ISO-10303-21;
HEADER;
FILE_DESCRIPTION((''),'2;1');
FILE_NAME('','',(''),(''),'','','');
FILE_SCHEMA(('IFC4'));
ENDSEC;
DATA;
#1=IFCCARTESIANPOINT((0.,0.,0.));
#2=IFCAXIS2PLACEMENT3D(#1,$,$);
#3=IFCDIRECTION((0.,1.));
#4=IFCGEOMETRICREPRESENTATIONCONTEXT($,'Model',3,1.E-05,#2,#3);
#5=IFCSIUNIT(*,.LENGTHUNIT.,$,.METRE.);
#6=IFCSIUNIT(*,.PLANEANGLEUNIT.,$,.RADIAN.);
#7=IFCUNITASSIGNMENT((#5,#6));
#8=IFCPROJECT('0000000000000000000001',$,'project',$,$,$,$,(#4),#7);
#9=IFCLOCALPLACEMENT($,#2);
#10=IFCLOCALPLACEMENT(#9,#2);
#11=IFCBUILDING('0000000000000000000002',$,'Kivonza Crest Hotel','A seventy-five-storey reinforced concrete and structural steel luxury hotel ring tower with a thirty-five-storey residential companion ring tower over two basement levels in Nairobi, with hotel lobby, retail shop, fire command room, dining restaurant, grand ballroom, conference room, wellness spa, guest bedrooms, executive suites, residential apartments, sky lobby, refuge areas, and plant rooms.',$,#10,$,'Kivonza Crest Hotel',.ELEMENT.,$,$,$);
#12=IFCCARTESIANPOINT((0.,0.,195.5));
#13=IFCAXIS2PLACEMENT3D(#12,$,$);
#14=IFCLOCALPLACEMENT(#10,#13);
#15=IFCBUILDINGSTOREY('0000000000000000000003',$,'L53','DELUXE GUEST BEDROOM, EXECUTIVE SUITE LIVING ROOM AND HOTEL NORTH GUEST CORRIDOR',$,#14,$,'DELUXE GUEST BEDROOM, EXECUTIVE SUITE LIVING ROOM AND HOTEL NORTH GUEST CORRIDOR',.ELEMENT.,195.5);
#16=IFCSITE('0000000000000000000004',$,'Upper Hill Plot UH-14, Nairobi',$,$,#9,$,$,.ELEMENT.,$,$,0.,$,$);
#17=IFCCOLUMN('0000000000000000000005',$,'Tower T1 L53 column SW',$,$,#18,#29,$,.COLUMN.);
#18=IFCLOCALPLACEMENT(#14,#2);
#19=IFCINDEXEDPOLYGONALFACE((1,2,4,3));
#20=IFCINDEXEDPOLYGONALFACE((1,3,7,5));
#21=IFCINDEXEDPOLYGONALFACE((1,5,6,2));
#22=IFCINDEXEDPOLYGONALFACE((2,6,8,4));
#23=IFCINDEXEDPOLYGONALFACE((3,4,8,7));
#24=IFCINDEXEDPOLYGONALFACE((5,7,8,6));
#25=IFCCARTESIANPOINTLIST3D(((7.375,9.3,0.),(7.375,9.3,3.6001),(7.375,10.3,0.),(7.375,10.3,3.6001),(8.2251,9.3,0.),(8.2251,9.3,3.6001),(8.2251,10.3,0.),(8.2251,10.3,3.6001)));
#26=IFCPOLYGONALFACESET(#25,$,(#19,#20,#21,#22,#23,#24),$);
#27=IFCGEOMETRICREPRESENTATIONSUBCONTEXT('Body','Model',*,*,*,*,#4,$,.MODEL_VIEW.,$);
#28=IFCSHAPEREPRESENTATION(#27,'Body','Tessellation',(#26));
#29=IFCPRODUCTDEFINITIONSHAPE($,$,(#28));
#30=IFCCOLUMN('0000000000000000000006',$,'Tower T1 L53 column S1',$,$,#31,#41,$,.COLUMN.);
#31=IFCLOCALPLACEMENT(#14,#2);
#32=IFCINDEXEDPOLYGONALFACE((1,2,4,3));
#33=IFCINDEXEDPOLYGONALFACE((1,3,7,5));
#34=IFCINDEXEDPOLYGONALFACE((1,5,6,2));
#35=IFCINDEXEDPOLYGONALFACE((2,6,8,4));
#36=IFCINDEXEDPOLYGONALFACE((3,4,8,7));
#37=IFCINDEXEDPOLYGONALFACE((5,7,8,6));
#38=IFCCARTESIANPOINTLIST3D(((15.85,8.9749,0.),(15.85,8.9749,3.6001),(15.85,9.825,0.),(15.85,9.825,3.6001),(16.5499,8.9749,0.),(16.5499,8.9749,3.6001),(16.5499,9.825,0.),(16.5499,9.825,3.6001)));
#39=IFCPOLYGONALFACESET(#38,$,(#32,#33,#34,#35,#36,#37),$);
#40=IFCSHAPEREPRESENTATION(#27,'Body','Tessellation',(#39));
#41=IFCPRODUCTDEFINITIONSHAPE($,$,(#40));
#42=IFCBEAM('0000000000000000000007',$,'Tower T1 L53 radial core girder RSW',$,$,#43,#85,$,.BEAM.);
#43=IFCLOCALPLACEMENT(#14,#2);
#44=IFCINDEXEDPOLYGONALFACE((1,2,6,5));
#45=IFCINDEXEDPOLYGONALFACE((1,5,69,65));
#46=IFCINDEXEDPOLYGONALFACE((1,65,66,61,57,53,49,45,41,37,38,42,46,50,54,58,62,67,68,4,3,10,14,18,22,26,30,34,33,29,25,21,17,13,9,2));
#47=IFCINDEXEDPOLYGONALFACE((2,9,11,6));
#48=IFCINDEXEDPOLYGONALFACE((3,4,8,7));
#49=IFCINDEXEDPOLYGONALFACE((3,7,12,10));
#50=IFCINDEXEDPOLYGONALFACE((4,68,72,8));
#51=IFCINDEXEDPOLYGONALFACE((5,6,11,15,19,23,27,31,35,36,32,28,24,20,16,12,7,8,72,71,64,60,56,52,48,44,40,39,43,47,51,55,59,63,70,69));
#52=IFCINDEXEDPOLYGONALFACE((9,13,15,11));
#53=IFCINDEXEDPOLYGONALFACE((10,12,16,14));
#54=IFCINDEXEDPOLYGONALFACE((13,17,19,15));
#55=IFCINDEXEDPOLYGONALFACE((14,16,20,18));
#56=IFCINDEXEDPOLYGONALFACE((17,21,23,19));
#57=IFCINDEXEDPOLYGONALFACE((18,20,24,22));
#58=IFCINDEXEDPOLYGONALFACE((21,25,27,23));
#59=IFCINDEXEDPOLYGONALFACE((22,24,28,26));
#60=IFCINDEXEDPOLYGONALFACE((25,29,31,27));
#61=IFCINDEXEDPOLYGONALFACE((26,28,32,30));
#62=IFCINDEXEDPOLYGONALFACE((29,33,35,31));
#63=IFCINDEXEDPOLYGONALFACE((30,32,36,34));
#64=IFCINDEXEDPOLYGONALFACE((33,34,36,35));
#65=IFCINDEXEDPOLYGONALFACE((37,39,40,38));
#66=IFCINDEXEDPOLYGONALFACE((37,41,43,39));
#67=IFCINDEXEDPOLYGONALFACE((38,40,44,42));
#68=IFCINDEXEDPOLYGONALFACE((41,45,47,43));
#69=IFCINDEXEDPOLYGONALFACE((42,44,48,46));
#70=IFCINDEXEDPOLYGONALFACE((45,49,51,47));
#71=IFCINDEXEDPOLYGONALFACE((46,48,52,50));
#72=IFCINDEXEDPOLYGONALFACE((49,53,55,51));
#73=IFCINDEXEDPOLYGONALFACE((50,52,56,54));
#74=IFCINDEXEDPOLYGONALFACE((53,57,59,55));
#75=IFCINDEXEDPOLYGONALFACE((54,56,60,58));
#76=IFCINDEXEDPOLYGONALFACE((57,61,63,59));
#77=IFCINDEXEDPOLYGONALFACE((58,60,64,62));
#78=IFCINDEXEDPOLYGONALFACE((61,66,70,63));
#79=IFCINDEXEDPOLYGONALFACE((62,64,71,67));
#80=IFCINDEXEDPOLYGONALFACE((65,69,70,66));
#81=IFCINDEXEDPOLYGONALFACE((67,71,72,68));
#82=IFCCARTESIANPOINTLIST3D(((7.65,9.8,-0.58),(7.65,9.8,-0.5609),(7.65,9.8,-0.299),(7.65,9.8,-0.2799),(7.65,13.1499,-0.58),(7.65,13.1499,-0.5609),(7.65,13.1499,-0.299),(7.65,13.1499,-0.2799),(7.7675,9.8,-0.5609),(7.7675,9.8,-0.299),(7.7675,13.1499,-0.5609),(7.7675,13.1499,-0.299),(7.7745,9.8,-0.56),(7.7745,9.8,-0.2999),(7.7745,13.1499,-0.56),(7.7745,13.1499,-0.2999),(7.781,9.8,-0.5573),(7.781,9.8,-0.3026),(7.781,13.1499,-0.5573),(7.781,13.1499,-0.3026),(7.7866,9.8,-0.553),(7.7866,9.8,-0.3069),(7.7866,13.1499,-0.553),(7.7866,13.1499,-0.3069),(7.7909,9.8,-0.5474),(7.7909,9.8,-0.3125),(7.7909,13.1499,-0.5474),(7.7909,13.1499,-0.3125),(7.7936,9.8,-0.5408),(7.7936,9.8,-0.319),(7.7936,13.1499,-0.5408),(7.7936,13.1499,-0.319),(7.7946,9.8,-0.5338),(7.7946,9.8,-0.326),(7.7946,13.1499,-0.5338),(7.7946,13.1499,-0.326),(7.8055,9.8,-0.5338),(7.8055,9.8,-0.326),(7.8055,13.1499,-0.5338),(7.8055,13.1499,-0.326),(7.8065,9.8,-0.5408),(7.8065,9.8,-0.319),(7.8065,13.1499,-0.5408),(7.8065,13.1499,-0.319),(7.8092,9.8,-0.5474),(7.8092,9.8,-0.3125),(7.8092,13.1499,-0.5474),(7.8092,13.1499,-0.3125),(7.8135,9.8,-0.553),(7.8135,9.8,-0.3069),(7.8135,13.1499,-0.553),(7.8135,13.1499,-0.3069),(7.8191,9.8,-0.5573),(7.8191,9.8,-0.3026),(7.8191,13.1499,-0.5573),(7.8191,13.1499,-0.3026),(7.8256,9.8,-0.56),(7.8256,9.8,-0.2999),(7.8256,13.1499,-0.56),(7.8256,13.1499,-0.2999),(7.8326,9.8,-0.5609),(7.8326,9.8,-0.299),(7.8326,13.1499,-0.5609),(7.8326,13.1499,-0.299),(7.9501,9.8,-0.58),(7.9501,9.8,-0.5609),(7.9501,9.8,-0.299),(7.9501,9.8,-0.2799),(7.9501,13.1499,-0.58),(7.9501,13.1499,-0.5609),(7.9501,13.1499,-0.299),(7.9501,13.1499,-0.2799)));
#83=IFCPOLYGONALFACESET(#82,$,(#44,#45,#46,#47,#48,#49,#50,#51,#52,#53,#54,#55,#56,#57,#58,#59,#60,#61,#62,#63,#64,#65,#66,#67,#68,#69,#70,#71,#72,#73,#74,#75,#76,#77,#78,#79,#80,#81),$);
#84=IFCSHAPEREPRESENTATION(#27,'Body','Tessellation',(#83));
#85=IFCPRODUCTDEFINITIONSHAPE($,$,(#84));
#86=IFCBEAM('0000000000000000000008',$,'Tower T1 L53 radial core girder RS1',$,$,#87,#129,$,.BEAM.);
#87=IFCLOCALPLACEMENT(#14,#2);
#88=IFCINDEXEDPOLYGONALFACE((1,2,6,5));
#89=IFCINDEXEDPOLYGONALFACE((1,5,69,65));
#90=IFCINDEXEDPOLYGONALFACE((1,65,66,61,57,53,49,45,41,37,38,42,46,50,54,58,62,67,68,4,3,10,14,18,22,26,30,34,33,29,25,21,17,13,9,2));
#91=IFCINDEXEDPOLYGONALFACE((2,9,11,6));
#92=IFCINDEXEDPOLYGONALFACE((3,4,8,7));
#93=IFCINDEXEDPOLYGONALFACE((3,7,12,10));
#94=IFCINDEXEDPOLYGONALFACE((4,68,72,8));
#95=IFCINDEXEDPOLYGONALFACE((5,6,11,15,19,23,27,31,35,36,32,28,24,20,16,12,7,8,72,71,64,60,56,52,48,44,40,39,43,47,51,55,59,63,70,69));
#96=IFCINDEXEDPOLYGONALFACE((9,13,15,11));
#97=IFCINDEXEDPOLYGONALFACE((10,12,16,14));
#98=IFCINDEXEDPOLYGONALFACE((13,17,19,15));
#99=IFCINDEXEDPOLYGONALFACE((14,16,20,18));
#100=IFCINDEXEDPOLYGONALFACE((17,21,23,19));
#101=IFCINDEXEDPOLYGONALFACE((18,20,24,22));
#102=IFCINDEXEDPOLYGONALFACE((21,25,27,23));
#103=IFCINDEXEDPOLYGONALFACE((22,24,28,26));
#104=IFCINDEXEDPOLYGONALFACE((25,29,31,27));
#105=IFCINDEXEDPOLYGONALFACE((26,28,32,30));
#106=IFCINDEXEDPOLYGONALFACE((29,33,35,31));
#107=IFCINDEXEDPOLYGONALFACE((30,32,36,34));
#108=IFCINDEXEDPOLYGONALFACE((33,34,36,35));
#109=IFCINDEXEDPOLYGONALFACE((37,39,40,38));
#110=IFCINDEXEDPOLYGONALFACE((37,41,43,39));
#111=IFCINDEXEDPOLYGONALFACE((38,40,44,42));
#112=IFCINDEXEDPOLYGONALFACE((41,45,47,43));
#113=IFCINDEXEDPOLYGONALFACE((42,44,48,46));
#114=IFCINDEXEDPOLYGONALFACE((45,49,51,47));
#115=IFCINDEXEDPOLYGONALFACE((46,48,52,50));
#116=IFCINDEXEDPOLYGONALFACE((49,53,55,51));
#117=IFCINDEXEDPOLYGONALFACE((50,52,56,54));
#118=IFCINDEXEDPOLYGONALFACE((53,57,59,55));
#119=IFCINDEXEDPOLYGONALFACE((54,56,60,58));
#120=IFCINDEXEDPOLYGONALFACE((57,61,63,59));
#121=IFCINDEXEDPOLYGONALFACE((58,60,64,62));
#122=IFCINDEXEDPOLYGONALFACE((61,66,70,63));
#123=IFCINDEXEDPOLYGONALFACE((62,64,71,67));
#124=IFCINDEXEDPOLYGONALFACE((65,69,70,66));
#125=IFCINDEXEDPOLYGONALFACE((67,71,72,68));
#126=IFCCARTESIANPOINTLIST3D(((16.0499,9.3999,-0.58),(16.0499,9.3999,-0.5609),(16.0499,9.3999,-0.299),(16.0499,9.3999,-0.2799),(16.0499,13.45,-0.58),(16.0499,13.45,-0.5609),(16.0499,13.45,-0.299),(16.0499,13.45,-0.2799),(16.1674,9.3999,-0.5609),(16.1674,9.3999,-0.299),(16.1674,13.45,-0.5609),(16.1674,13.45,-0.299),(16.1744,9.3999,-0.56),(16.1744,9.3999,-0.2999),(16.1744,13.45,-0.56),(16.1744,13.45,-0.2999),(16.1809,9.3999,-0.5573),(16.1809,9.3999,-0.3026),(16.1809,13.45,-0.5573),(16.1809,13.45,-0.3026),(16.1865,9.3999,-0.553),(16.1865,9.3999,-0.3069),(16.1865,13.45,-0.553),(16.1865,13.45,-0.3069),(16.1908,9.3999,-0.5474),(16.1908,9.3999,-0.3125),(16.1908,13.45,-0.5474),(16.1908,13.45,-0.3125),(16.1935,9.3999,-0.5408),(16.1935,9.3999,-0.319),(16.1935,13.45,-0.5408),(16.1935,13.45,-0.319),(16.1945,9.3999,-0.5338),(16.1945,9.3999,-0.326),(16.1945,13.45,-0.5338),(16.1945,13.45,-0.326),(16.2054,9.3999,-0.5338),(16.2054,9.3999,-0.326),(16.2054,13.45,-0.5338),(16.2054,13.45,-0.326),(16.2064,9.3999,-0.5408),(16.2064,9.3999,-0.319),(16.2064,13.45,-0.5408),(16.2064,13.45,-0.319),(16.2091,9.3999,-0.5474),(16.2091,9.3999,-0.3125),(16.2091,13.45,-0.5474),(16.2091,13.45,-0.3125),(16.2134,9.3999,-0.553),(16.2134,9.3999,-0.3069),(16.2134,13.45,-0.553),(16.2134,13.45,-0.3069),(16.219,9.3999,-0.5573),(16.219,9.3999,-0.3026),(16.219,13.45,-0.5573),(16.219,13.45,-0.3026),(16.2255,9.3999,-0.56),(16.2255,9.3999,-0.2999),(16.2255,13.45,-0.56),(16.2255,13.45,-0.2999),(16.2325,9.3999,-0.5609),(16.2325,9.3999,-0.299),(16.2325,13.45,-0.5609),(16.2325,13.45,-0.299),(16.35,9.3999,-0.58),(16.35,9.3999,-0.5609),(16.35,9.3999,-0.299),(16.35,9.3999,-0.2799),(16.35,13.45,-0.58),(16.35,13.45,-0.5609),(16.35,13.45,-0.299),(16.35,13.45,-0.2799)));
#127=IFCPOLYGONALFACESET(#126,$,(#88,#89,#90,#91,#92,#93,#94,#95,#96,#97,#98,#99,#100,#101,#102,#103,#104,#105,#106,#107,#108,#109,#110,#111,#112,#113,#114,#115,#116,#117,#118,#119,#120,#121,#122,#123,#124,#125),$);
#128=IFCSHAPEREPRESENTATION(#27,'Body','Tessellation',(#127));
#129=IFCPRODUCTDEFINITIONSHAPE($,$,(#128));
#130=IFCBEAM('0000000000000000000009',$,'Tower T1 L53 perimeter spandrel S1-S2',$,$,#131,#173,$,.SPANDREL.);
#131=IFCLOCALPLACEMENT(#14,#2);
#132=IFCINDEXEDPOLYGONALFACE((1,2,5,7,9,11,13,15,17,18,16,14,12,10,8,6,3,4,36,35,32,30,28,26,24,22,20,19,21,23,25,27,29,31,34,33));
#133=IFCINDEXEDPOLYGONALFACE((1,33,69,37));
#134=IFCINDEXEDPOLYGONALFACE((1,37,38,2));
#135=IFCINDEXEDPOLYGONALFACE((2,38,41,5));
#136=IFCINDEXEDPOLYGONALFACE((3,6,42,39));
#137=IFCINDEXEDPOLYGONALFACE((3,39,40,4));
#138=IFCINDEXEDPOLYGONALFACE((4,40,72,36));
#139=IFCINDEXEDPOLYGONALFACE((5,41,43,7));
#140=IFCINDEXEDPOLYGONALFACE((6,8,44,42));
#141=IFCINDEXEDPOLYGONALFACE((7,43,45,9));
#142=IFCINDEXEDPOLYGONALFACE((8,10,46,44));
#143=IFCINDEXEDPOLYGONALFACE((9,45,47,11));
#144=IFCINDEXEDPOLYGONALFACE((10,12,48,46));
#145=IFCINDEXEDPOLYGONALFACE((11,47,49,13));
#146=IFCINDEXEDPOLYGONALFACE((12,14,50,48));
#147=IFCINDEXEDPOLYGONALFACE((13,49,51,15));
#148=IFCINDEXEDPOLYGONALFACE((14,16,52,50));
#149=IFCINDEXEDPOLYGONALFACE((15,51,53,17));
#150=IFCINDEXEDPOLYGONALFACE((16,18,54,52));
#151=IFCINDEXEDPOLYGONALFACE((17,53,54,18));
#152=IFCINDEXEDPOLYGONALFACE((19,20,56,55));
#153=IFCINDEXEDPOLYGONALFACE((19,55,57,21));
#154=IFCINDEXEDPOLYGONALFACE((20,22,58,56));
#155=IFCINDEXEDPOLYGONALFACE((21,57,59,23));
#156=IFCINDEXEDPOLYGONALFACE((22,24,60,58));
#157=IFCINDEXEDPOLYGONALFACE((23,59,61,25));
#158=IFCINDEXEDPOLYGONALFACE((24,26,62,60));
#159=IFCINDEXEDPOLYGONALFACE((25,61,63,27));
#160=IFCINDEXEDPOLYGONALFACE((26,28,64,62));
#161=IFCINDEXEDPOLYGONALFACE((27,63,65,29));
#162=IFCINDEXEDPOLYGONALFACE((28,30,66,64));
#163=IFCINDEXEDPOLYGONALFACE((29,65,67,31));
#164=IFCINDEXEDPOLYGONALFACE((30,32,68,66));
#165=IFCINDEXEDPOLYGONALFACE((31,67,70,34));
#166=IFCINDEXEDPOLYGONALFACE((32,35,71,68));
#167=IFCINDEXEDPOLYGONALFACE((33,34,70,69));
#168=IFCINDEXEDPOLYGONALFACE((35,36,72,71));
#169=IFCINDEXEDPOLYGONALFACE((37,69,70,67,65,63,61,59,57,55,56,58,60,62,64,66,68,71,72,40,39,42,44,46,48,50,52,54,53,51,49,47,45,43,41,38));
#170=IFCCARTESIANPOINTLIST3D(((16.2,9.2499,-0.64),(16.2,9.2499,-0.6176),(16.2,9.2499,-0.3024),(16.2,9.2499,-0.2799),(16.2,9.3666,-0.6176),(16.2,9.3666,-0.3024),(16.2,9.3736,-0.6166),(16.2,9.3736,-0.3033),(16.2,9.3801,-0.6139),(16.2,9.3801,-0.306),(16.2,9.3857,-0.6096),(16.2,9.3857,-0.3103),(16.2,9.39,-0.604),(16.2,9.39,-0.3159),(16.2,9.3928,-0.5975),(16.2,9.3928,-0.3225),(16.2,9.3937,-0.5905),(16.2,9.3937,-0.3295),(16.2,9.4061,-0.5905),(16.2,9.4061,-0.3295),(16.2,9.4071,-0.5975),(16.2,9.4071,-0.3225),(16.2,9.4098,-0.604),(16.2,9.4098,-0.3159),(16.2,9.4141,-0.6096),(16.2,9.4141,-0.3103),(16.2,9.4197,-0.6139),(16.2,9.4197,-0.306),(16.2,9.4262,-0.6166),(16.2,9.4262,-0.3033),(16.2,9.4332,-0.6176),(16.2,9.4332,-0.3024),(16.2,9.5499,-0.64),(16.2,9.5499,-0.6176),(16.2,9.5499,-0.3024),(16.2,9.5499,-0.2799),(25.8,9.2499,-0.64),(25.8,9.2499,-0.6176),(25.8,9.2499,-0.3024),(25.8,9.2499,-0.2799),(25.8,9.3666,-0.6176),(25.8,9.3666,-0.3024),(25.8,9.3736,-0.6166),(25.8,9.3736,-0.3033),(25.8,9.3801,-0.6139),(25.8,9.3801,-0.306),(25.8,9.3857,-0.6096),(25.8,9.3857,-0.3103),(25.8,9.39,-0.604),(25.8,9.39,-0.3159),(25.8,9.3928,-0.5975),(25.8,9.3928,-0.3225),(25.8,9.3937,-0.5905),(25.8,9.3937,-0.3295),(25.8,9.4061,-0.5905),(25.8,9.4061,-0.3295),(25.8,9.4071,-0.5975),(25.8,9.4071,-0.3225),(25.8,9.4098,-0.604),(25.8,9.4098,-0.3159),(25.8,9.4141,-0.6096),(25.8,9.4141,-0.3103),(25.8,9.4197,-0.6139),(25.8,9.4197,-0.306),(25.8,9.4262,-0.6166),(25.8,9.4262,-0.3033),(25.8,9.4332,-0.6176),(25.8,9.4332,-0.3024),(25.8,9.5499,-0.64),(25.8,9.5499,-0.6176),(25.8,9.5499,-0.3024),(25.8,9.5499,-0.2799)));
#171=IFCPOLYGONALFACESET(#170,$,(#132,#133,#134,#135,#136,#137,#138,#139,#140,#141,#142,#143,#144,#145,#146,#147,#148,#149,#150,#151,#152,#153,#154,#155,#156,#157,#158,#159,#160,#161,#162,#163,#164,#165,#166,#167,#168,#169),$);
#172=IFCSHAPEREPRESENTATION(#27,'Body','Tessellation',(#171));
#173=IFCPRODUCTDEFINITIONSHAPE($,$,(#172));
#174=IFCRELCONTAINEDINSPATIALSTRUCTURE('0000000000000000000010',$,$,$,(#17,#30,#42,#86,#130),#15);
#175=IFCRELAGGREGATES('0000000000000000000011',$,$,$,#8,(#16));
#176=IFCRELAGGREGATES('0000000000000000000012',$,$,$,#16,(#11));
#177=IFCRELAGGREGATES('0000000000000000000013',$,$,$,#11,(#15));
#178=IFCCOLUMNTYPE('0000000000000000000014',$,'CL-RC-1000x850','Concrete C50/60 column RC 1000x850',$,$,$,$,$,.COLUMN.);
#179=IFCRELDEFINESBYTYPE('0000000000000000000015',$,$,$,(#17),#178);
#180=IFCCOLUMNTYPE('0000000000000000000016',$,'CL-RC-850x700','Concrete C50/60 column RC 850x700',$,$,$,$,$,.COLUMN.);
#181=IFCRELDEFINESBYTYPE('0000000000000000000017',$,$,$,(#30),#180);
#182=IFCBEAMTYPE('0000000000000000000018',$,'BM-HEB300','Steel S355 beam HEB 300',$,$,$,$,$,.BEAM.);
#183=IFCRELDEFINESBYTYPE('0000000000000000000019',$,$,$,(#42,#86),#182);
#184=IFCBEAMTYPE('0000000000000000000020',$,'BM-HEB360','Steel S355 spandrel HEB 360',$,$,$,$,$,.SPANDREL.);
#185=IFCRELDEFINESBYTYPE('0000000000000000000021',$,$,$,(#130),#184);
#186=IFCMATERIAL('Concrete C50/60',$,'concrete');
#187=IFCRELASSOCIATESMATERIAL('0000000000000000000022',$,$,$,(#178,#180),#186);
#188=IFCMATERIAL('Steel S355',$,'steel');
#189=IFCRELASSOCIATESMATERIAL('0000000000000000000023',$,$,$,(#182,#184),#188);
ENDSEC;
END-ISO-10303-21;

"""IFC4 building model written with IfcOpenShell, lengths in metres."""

from ifc_helpers import new_model, si_unit, direction, frame, origin, origin_2d, place, context, subcontext, project, spatial, rectangle, i_section, extrude, material, material_profile, profile_set, type_object, element, save


model = new_model("IFC4")

# Units and contexts
model_context = context("Model", 3, precision=1e-05, world=origin(), true_north=direction((0.0, 1.0)))
body_context = subcontext(model_context, "Body", "Model", "MODEL_VIEW")
ifc_project = project(units=[si_unit("LENGTHUNIT", "METRE"), si_unit("PLANEANGLEUNIT", "RADIAN")], contexts=[model_context])

# Site, building, storey
site_placement = place(None, origin())
site = spatial("IfcSite", under=ifc_project, at=site_placement, Name="Upper Hill Plot UH-14, Nairobi", CompositionType="ELEMENT", RefElevation=0.0)
building_placement = place(site_placement, origin())
building = spatial("IfcBuilding", under=site, at=building_placement, Name="Kivonza Crest Hotel", Description="A seventy-five-storey reinforced concrete and structural steel luxury hotel ring tower with a thirty-five-storey residential companion ring tower over two basement levels in Nairobi, with hotel lobby, retail shop, fire command room, dining restaurant, grand ballroom, conference room, wellness spa, guest bedrooms, executive suites, residential apartments, sky lobby, refuge areas, and plant rooms.", LongName="Kivonza Crest Hotel", CompositionType="ELEMENT")
storey_placement = place(building_placement, frame((0.0, 0.0, 195.5)))
storey = spatial("IfcBuildingStorey", under=building, at=storey_placement, Name="L53", Description="DELUXE GUEST BEDROOM, EXECUTIVE SUITE LIVING ROOM AND HOTEL NORTH GUEST CORRIDOR", LongName="DELUXE GUEST BEDROOM, EXECUTIVE SUITE LIVING ROOM AND HOTEL NORTH GUEST CORRIDOR", CompositionType="ELEMENT", Elevation=195.5)

# Columns
ifc_material_1 = material(Name="Concrete C50/60", Category="concrete")
ifc_material_profile_1 = material_profile(ifc_material_1, rectangle(XDim=0.8501, YDim=1.0, at=origin_2d()), Name="RC 1000x850")
ifc_profile_set_1 = profile_set([ifc_material_profile_1], Name="Concrete C50/60")
column_type_1 = type_object("IfcColumnType", Name="CL-RC-1000x850", Description="Concrete C50/60 column RC 1000x850", PredefinedType="COLUMN", material=ifc_profile_set_1)
column_1_placement = place(storey_placement, frame((7.8, 9.8, 0.0), z_axis=(0.0, 0.0, 1.0), x_axis=(1.0, 0.0, 0.0)))
element("IfcColumn", 1, at=column_1_placement, inside=storey, type_object=column_type_1, Name="Tower T1 L53 column SW", PredefinedType="COLUMN", context=body_context, shape_type="SweptSolid", body=[
    extrude(rectangle(XDim=0.8501, YDim=1.0, at=origin_2d()), origin(), (0.0, 0.0, 1.0), 3.6001),
])
ifc_material_profile_2 = material_profile(ifc_material_1, rectangle(XDim=0.7, YDim=0.8501, at=origin_2d()), Name="RC 850x700")
ifc_profile_set_2 = profile_set([ifc_material_profile_2], Name="Concrete C50/60")
column_type_2 = type_object("IfcColumnType", Name="CL-RC-850x700", Description="Concrete C50/60 column RC 850x700", PredefinedType="COLUMN", material=ifc_profile_set_2)
column_2_placement = place(storey_placement, frame((16.2, 9.3999, 0.0), z_axis=(0.0, 0.0, 1.0), x_axis=(1.0, 0.0, 0.0)))
element("IfcColumn", 2, at=column_2_placement, inside=storey, type_object=column_type_2, Name="Tower T1 L53 column S1", PredefinedType="COLUMN", context=body_context, shape_type="SweptSolid", body=[
    extrude(rectangle(XDim=0.7, YDim=0.8501, at=origin_2d()), origin(), (0.0, 0.0, 1.0), 3.6001),
])

# Beams
ifc_material_2 = material(Name="Steel S355", Category="steel")
ifc_material_profile_3 = material_profile(ifc_material_2, i_section(OverallWidth=0.3, OverallDepth=0.3, WebThickness=0.011, FlangeThickness=0.019, FilletRadius=0.0271, at=origin_2d()), Name="HEB 300")
ifc_profile_set_3 = profile_set([ifc_material_profile_3], Name="Steel S355")
beam_type_1 = type_object("IfcBeamType", Name="BM-HEB300", Description="Steel S355 beam HEB 300", PredefinedType="BEAM", material=ifc_profile_set_3)
beam_1_placement = place(storey_placement, frame((7.8, 9.8, -0.4299), z_axis=(0.0, 1.0, 0.0), x_axis=(-1.0, 0.0, 0.0)))
element("IfcBeam", 3, at=beam_1_placement, inside=storey, type_object=beam_type_1, Name="Tower T1 L53 radial core girder RSW", PredefinedType="BEAM", context=body_context, shape_type="SweptSolid", body=[
    extrude(i_section(OverallWidth=0.3, OverallDepth=0.3, WebThickness=0.011, FlangeThickness=0.019, FilletRadius=0.0271, at=origin_2d()), origin(), (0.0, 0.0, 1.0), 3.3499),
])
beam_2_placement = place(storey_placement, frame((16.2, 9.3999, -0.4299), z_axis=(0.0, 1.0, 0.0), x_axis=(-1.0, 0.0, 0.0)))
element("IfcBeam", 4, at=beam_2_placement, inside=storey, type_object=beam_type_1, Name="Tower T1 L53 radial core girder RS1", PredefinedType="BEAM", context=body_context, shape_type="SweptSolid", body=[
    extrude(i_section(OverallWidth=0.3, OverallDepth=0.3, WebThickness=0.011, FlangeThickness=0.019, FilletRadius=0.0271, at=origin_2d()), origin(), (0.0, 0.0, 1.0), 4.05),
])
ifc_material_profile_4 = material_profile(ifc_material_2, i_section(OverallWidth=0.3, OverallDepth=0.3601, WebThickness=0.0125, FlangeThickness=0.0225, FilletRadius=0.0271, at=origin_2d()), Name="HEB 360")
ifc_profile_set_4 = profile_set([ifc_material_profile_4], Name="Steel S355")
beam_type_2 = type_object("IfcBeamType", Name="BM-HEB360", Description="Steel S355 spandrel HEB 360", PredefinedType="SPANDREL", material=ifc_profile_set_4)
beam_3_placement = place(storey_placement, frame((16.2, 9.3999, -0.46), z_axis=(1.0, 0.0, 0.0), x_axis=(0.0, 1.0, 0.0)))
element("IfcBeam", 5, at=beam_3_placement, inside=storey, type_object=beam_type_2, Name="Tower T1 L53 perimeter spandrel S1-S2", PredefinedType="SPANDREL", context=body_context, shape_type="SweptSolid", body=[
    extrude(i_section(OverallWidth=0.3, OverallDepth=0.3601, WebThickness=0.0125, FlangeThickness=0.0225, FilletRadius=0.0271, at=origin_2d()), origin(), (0.0, 0.0, 1.0), 9.6001),
])

save(model, "model.ifc")
